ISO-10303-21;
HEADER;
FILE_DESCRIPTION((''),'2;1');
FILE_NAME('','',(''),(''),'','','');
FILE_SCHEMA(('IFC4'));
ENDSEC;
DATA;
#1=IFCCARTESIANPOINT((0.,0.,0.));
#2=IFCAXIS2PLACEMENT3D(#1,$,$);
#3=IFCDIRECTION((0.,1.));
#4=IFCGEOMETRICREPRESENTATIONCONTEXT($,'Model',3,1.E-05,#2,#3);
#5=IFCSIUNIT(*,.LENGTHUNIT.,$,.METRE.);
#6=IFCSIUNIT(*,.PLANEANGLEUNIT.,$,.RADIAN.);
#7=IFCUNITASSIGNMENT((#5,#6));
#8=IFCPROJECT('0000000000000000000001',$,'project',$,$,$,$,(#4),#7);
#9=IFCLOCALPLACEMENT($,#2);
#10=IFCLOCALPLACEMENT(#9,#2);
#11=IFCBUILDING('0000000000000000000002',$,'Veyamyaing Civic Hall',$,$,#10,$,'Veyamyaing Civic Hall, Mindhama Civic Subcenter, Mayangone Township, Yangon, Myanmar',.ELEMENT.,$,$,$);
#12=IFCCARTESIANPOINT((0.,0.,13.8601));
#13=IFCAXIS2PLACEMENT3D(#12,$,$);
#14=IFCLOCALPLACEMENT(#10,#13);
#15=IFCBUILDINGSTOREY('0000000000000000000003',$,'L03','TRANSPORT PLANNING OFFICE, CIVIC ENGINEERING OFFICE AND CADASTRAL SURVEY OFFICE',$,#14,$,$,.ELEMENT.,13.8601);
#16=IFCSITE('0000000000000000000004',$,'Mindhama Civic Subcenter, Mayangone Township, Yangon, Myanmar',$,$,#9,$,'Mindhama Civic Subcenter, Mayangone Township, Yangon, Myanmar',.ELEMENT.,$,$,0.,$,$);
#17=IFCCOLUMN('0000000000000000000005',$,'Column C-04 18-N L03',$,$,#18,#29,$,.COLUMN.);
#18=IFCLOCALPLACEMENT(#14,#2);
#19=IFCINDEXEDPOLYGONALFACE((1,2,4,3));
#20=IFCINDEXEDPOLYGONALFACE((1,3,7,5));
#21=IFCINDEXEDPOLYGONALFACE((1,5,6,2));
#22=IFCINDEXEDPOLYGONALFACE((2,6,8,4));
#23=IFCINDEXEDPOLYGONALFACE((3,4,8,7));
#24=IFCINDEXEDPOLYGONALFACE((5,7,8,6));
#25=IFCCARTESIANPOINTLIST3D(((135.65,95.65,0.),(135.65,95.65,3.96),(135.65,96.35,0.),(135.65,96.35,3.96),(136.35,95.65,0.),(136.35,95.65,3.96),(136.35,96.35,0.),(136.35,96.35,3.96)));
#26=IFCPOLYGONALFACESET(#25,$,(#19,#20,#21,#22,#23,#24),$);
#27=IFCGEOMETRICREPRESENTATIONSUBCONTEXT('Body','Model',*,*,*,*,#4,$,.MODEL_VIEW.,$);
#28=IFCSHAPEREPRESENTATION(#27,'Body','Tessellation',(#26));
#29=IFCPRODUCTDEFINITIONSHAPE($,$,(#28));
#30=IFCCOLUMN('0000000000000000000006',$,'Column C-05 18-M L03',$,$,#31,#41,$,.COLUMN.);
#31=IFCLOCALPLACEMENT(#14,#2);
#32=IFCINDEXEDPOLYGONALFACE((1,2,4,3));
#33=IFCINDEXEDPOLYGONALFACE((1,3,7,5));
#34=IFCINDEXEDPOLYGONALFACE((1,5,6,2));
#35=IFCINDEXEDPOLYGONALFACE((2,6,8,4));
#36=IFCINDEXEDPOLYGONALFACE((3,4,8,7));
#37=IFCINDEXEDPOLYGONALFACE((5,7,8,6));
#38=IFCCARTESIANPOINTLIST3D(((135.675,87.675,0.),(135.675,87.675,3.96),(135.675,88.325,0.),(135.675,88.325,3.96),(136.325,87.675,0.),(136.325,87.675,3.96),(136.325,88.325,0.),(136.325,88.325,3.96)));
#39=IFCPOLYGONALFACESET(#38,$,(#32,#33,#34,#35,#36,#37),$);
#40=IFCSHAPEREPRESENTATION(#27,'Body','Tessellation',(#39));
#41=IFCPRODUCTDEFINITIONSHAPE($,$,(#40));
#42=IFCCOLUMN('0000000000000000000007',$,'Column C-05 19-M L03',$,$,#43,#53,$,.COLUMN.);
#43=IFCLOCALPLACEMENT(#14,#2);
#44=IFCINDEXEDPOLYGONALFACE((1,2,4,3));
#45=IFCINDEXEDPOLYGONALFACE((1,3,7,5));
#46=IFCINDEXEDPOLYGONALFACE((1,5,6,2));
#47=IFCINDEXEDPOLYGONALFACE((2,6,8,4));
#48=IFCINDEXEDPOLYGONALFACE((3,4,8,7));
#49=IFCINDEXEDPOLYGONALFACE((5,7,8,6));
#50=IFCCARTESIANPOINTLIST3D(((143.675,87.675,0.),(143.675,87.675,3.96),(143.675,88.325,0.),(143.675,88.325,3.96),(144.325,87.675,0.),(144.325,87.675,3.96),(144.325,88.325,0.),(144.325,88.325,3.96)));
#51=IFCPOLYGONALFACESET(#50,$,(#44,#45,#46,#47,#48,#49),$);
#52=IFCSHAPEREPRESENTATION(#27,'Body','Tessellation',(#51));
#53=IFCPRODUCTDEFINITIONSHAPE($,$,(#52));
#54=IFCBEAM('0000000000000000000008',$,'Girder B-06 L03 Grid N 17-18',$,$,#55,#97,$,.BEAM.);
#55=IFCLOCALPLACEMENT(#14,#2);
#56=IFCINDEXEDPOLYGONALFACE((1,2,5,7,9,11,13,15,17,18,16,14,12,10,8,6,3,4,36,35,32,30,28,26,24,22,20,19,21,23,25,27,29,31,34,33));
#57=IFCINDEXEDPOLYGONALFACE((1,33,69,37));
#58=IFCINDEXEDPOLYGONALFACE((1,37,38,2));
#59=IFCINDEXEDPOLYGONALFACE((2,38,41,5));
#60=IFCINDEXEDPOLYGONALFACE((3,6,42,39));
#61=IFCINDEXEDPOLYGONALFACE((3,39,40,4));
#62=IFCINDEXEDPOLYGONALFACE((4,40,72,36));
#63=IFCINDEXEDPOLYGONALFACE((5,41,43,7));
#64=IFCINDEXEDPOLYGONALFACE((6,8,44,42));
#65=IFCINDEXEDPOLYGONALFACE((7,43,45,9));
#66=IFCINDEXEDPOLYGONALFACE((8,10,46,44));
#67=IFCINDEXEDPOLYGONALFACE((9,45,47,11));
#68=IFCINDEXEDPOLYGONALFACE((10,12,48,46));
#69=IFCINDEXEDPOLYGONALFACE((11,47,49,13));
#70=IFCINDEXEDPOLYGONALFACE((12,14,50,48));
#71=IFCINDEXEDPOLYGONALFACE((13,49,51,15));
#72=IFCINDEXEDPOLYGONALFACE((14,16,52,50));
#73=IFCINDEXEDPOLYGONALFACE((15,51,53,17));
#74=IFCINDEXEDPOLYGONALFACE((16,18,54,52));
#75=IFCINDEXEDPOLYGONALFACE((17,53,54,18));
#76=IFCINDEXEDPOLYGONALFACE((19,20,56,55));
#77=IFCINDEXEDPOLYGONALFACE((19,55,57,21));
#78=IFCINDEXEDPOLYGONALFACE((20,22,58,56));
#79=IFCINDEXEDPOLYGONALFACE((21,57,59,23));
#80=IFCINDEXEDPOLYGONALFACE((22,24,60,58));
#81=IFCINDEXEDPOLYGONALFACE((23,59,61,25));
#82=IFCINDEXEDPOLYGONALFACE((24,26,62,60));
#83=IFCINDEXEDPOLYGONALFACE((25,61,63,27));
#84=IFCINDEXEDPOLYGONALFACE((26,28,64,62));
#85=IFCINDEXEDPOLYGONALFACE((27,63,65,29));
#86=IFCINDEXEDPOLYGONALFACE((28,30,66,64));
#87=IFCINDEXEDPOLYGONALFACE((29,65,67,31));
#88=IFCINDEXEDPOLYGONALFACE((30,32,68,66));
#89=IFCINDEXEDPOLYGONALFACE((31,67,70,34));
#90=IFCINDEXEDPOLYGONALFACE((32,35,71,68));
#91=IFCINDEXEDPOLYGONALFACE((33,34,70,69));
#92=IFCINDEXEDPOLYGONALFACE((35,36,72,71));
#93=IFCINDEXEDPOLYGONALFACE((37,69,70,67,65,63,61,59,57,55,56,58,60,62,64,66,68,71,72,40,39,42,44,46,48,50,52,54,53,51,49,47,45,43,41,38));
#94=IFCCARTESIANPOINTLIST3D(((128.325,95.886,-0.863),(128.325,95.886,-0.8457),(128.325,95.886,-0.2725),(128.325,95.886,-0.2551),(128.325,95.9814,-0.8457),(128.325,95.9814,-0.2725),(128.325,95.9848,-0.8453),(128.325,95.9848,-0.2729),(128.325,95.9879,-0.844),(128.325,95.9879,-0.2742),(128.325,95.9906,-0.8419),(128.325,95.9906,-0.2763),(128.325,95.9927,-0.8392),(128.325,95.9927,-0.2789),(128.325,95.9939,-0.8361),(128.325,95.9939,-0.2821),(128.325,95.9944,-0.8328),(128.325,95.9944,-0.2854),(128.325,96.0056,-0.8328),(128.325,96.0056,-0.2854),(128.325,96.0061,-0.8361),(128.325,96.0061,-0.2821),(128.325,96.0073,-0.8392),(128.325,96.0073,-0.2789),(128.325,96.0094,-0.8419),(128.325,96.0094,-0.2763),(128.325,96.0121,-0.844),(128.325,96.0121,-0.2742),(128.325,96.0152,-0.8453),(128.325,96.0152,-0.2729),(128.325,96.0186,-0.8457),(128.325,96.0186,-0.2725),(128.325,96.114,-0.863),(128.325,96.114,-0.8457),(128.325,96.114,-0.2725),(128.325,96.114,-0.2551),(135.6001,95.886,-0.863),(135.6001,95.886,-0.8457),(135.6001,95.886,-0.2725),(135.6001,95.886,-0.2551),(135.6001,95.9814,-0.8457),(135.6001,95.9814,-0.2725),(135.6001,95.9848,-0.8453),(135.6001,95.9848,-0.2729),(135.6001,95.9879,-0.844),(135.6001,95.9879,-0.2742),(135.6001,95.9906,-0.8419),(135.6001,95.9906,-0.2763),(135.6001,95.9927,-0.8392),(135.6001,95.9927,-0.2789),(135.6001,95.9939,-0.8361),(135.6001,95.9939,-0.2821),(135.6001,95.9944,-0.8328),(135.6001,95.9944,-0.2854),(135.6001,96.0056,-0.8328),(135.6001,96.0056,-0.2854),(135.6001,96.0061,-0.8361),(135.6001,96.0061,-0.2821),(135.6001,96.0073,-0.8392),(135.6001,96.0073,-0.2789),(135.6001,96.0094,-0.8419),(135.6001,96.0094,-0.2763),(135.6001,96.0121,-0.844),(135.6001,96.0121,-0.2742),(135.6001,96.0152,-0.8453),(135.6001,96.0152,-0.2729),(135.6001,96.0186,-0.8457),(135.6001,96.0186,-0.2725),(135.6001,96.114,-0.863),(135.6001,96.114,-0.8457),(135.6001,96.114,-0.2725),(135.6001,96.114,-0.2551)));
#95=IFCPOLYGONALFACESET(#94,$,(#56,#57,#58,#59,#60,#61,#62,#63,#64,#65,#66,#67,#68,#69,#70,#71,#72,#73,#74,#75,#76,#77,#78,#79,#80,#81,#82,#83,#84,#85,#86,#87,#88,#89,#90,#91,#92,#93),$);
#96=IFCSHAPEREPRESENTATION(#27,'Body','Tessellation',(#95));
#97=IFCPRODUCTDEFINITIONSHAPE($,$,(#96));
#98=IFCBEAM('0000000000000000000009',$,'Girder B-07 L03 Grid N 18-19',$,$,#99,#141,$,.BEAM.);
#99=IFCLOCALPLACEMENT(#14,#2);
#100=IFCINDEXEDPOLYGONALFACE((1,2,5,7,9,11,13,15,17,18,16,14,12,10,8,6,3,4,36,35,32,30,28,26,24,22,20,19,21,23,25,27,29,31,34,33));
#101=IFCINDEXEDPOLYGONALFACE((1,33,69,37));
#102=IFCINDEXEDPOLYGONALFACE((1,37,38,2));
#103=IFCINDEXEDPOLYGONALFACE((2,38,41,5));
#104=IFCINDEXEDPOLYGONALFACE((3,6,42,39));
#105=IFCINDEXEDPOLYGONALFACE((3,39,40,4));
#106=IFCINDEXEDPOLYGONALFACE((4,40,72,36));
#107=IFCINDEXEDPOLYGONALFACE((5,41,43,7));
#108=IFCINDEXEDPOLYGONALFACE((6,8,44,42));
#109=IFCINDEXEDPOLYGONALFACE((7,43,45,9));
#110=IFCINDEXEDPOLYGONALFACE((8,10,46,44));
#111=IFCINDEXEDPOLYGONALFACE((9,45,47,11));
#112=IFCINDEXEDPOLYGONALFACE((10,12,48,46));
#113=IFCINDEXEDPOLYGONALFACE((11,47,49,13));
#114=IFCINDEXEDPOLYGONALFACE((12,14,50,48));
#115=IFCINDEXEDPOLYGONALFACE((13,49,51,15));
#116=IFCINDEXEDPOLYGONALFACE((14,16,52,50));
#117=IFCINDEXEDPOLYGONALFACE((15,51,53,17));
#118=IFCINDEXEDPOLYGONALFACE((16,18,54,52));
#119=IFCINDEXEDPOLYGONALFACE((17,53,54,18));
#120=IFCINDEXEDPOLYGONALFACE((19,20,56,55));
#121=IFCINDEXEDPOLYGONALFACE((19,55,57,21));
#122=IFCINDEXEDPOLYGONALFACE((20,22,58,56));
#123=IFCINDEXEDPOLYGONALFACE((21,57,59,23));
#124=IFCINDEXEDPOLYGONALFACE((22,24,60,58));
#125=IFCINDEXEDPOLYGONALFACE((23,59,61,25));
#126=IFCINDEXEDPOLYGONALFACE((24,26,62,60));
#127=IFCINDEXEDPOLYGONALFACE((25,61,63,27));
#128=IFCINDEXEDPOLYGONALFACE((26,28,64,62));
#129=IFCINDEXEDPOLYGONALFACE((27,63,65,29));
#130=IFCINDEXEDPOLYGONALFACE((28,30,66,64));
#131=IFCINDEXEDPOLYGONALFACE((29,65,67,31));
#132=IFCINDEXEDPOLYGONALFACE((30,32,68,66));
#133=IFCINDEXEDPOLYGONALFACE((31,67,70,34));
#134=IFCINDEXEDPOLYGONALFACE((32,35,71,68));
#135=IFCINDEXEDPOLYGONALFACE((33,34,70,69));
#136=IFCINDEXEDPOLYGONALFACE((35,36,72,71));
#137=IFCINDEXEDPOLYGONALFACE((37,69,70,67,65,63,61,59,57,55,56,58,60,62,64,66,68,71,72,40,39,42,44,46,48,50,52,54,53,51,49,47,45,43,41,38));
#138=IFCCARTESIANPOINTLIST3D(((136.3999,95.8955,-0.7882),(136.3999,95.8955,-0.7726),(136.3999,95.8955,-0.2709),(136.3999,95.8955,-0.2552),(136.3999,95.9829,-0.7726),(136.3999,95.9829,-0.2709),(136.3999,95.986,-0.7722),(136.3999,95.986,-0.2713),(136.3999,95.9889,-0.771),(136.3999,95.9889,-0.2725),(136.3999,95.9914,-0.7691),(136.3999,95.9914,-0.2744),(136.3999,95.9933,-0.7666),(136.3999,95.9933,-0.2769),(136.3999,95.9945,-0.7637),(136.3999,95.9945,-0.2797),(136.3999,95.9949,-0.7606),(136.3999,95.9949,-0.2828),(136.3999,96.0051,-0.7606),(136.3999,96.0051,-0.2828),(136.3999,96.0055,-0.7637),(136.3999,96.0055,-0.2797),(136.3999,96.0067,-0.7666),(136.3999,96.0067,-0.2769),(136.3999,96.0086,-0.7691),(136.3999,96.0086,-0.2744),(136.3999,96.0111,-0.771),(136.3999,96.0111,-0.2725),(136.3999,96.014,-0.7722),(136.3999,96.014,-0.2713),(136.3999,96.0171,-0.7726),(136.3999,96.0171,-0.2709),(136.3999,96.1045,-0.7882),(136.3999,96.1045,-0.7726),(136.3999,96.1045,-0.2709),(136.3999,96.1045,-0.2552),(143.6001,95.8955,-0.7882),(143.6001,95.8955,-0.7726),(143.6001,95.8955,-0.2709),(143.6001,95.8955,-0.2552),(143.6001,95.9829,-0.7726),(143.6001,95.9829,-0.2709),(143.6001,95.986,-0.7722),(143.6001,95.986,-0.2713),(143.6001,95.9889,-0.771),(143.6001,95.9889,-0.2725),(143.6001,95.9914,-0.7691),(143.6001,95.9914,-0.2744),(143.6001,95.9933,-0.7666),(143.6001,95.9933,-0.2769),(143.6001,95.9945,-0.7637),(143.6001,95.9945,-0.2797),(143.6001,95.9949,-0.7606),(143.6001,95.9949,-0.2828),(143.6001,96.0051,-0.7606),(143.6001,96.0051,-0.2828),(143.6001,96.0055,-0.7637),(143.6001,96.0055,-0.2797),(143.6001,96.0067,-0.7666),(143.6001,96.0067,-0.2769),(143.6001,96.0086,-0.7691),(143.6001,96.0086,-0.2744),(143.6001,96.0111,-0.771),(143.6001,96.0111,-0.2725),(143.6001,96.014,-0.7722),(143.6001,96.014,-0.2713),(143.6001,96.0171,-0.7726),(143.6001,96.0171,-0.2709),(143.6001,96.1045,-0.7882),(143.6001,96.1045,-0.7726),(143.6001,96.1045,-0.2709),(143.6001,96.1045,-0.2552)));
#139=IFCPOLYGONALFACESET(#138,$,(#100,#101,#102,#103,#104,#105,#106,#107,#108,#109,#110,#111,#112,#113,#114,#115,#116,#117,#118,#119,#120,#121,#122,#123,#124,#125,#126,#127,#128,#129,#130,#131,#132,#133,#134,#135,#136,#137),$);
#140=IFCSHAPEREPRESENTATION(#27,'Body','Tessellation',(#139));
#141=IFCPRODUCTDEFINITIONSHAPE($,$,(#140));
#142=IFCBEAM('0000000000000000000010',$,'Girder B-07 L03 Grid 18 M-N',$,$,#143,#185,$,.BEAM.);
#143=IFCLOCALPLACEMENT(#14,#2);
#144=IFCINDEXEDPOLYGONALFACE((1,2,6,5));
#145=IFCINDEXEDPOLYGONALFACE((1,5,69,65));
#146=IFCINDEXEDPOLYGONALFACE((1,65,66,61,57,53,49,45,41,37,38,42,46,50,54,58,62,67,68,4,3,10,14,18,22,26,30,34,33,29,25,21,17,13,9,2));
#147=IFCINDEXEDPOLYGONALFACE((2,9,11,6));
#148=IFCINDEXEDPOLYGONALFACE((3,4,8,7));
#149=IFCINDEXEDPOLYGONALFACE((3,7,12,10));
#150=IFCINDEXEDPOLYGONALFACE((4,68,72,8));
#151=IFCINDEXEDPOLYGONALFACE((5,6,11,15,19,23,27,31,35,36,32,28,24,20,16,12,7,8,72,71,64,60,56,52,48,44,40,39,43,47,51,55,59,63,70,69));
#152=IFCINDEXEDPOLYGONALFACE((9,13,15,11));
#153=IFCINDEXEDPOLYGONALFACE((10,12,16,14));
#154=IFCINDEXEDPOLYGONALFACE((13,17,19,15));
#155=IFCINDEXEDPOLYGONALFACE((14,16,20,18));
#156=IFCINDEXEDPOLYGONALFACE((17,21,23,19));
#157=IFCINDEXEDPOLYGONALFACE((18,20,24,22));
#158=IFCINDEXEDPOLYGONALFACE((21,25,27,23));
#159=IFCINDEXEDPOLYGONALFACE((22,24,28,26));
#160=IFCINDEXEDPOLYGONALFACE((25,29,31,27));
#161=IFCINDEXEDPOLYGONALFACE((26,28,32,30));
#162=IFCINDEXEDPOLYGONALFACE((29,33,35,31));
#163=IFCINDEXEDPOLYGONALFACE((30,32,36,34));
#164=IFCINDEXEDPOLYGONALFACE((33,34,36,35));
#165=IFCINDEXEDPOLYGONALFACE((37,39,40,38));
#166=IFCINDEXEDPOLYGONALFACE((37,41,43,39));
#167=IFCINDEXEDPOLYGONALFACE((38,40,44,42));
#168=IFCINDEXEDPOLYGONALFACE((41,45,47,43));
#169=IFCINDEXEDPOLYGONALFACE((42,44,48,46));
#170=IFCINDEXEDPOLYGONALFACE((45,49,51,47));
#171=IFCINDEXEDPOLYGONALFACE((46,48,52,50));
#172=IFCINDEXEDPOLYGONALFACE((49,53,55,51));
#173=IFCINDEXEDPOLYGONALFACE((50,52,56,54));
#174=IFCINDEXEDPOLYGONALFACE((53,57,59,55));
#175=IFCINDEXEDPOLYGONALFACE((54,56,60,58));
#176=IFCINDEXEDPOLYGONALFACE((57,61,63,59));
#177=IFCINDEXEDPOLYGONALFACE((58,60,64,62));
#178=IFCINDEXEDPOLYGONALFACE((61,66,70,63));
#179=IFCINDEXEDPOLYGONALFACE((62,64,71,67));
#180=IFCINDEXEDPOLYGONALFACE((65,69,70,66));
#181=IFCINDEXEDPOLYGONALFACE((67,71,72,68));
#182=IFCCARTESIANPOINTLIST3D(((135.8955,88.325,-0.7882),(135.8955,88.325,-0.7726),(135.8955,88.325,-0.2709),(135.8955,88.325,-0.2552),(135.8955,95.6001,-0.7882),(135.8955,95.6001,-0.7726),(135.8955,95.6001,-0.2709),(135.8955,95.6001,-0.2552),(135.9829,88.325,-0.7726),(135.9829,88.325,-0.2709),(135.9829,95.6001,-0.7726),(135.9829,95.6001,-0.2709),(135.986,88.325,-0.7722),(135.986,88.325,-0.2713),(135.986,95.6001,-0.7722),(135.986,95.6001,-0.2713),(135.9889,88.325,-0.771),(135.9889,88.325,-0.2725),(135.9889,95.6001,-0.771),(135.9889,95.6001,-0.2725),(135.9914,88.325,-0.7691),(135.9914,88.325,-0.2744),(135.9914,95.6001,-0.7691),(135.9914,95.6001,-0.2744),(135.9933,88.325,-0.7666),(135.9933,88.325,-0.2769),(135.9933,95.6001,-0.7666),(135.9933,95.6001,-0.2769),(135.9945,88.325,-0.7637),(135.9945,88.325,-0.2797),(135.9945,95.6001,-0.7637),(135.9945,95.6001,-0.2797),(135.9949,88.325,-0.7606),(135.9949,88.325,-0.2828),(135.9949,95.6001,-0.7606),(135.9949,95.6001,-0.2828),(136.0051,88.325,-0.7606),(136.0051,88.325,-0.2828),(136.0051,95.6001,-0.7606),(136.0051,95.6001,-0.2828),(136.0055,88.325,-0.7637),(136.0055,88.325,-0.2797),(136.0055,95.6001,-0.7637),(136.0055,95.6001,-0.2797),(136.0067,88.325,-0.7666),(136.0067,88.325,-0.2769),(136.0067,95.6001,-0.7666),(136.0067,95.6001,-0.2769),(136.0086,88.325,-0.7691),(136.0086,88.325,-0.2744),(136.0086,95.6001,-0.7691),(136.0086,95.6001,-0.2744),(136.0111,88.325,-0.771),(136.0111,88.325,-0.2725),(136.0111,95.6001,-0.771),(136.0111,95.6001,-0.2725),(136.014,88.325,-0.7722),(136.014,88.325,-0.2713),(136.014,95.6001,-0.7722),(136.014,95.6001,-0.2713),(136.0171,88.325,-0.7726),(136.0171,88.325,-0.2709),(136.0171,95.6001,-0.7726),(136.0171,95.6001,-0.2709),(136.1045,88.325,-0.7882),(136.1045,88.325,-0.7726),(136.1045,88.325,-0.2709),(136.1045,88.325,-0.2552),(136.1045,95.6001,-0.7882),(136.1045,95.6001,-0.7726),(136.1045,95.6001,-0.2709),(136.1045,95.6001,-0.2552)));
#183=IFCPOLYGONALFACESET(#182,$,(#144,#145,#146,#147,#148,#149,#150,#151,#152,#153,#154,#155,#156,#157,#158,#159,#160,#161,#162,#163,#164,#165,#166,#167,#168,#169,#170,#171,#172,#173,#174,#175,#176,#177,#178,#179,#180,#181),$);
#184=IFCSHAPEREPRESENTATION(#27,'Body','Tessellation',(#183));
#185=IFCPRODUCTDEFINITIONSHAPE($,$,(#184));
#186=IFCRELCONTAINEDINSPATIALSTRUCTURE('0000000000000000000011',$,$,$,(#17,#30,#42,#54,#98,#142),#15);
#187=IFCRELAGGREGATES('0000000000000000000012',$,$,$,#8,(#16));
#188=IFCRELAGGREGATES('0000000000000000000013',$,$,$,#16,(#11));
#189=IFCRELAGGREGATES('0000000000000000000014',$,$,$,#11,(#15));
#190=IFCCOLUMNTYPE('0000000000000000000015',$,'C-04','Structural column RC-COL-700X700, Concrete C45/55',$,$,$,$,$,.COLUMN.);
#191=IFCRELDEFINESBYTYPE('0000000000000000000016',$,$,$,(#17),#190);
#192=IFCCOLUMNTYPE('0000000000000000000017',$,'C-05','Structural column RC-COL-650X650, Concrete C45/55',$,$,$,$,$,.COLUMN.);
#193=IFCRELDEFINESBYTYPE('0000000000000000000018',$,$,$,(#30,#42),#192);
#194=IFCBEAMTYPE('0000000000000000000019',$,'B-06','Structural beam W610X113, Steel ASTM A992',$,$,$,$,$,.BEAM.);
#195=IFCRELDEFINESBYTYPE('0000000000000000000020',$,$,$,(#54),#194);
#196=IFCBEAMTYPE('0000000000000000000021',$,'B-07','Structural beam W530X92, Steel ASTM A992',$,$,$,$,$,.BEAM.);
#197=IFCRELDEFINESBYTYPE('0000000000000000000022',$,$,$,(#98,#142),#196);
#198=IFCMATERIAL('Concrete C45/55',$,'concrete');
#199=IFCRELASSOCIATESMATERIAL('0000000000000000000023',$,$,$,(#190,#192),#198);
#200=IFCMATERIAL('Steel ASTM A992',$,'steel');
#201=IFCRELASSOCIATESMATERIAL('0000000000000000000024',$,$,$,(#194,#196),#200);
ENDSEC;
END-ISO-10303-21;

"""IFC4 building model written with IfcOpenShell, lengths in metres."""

from ifc_helpers import new_model, si_unit, direction, frame, origin, origin_2d, place, context, subcontext, project, spatial, rectangle, i_section, extrude, material, material_profile, profile_set, type_object, element, save


model = new_model("IFC4")

# Units and contexts
model_context = context("Model", 3, precision=1e-05, world=origin(), true_north=direction((0.0, 1.0)))
body_context = subcontext(model_context, "Body", "Model", "MODEL_VIEW")
ifc_project = project(units=[si_unit("LENGTHUNIT", "METRE"), si_unit("PLANEANGLEUNIT", "RADIAN")], contexts=[model_context])

# Site, building, storey
site_placement = place(None, origin())
site = spatial("IfcSite", under=ifc_project, at=site_placement, Name="Mindhama Civic Subcenter, Mayangone Township, Yangon, Myanmar", LongName="Mindhama Civic Subcenter, Mayangone Township, Yangon, Myanmar", CompositionType="ELEMENT", RefElevation=0.0)
building_placement = place(site_placement, origin())
building = spatial("IfcBuilding", under=site, at=building_placement, Name="Veyamyaing Civic Hall", LongName="Veyamyaing Civic Hall, Mindhama Civic Subcenter, Mayangone Township, Yangon, Myanmar", CompositionType="ELEMENT")
storey_placement = place(building_placement, frame((0.0, 0.0, 13.8601)))
storey = spatial("IfcBuildingStorey", under=building, at=storey_placement, Name="L03", Description="TRANSPORT PLANNING OFFICE, CIVIC ENGINEERING OFFICE AND CADASTRAL SURVEY OFFICE", CompositionType="ELEMENT", Elevation=13.8601)

# Columns
ifc_material_1 = material(Name="Concrete C45/55", Category="concrete")
ifc_material_profile_1 = material_profile(ifc_material_1, rectangle(XDim=0.7, YDim=0.7, at=origin_2d()), Name="RC-COL-700X700")
ifc_profile_set_1 = profile_set([ifc_material_profile_1], Name="Concrete C45/55")
column_type_1 = type_object("IfcColumnType", Name="C-04", Description="Structural column RC-COL-700X700, Concrete C45/55", PredefinedType="COLUMN", material=ifc_profile_set_1)
column_placement = place(storey_placement, frame((136.0, 96.0, 0.0), z_axis=(0.0, 0.0, 1.0), x_axis=(1.0, 0.0, 0.0)))
element("IfcColumn", 1, at=column_placement, inside=storey, type_object=column_type_1, Name="Column C-04 18-N L03", PredefinedType="COLUMN", context=body_context, shape_type="SweptSolid", body=[
    extrude(rectangle(XDim=0.7, YDim=0.7, at=origin_2d()), origin(), (0.0, 0.0, 1.0), 3.96),
])
ifc_material_profile_2 = material_profile(ifc_material_1, rectangle(XDim=0.6499, YDim=0.6499, at=origin_2d()), Name="RC-COL-650X650")
ifc_profile_set_2 = profile_set([ifc_material_profile_2], Name="Concrete C45/55")
column_type_2 = type_object("IfcColumnType", Name="C-05", Description="Structural column RC-COL-650X650, Concrete C45/55", PredefinedType="COLUMN", material=ifc_profile_set_2)
for number, where, z_axis, x_axis, name in (
    (2, (136.0, 88.0, 0.0), (0.0, 0.0, 1.0), (1.0, 0.0, 0.0), "Column C-05 18-M L03"),
    (3, (144.0, 88.0, 0.0), (0.0, 0.0, 1.0), (1.0, 0.0, 0.0), "Column C-05 19-M L03"),
):
    element("IfcColumn", number, at=place(storey_placement, frame(where, z_axis=z_axis, x_axis=x_axis)), inside=storey, type_object=column_type_2, Name=name, PredefinedType="COLUMN", context=body_context, shape_type="SweptSolid", body=[
        extrude(rectangle(XDim=0.6499, YDim=0.6499, at=origin_2d()), origin(), (0.0, 0.0, 1.0), 3.96),
    ])

# Beams
ifc_material_2 = material(Name="Steel ASTM A992", Category="steel")
ifc_material_profile_3 = material_profile(ifc_material_2, i_section(OverallWidth=0.228, OverallDepth=0.6079, WebThickness=0.0112, FlangeThickness=0.0173, FilletRadius=0.0129, at=origin_2d()), Name="W610X113")
ifc_profile_set_3 = profile_set([ifc_material_profile_3], Name="Steel ASTM A992")
beam_type_1 = type_object("IfcBeamType", Name="B-06", Description="Structural beam W610X113, Steel ASTM A992", PredefinedType="BEAM", material=ifc_profile_set_3)
beam_1_placement = place(storey_placement, frame((128.325, 96.0, -0.5591), z_axis=(1.0, 0.0, 0.0), x_axis=(0.0, 1.0, 0.0)))
element("IfcBeam", 4, at=beam_1_placement, inside=storey, type_object=beam_type_1, Name="Girder B-06 L03 Grid N 17-18", PredefinedType="BEAM", context=body_context, shape_type="SweptSolid", body=[
    extrude(i_section(OverallWidth=0.228, OverallDepth=0.6079, WebThickness=0.0112, FlangeThickness=0.0173, FilletRadius=0.0129, at=origin_2d()), origin(), (0.0, 0.0, 1.0), 7.2751),
])
ifc_material_profile_4 = material_profile(ifc_material_2, i_section(OverallWidth=0.209, OverallDepth=0.533, WebThickness=0.0103, FlangeThickness=0.0156, FilletRadius=0.012, at=origin_2d()), Name="W530X92")
ifc_profile_set_4 = profile_set([ifc_material_profile_4], Name="Steel ASTM A992")
beam_type_2 = type_object("IfcBeamType", Name="B-07", Description="Structural beam W530X92, Steel ASTM A992", PredefinedType="BEAM", material=ifc_profile_set_4)
beam_2_placement = place(storey_placement, frame((136.3999, 96.0, -0.5217), z_axis=(1.0, 0.0, 0.0), x_axis=(0.0, 1.0, 0.0)))
element("IfcBeam", 5, at=beam_2_placement, inside=storey, type_object=beam_type_2, Name="Girder B-07 L03 Grid N 18-19", PredefinedType="BEAM", context=body_context, shape_type="SweptSolid", body=[
    extrude(i_section(OverallWidth=0.209, OverallDepth=0.533, WebThickness=0.0103, FlangeThickness=0.0156, FilletRadius=0.012, at=origin_2d()), origin(), (0.0, 0.0, 1.0), 7.2002),
])
beam_3_placement = place(storey_placement, frame((136.0, 88.325, -0.5217), z_axis=(0.0, 1.0, 0.0), x_axis=(-1.0, 0.0, 0.0)))
element("IfcBeam", 6, at=beam_3_placement, inside=storey, type_object=beam_type_2, Name="Girder B-07 L03 Grid 18 M-N", PredefinedType="BEAM", context=body_context, shape_type="SweptSolid", body=[
    extrude(i_section(OverallWidth=0.209, OverallDepth=0.533, WebThickness=0.0103, FlangeThickness=0.0156, FilletRadius=0.012, at=origin_2d()), origin(), (0.0, 0.0, 1.0), 7.2751),
])

save(model, "model.ifc")
